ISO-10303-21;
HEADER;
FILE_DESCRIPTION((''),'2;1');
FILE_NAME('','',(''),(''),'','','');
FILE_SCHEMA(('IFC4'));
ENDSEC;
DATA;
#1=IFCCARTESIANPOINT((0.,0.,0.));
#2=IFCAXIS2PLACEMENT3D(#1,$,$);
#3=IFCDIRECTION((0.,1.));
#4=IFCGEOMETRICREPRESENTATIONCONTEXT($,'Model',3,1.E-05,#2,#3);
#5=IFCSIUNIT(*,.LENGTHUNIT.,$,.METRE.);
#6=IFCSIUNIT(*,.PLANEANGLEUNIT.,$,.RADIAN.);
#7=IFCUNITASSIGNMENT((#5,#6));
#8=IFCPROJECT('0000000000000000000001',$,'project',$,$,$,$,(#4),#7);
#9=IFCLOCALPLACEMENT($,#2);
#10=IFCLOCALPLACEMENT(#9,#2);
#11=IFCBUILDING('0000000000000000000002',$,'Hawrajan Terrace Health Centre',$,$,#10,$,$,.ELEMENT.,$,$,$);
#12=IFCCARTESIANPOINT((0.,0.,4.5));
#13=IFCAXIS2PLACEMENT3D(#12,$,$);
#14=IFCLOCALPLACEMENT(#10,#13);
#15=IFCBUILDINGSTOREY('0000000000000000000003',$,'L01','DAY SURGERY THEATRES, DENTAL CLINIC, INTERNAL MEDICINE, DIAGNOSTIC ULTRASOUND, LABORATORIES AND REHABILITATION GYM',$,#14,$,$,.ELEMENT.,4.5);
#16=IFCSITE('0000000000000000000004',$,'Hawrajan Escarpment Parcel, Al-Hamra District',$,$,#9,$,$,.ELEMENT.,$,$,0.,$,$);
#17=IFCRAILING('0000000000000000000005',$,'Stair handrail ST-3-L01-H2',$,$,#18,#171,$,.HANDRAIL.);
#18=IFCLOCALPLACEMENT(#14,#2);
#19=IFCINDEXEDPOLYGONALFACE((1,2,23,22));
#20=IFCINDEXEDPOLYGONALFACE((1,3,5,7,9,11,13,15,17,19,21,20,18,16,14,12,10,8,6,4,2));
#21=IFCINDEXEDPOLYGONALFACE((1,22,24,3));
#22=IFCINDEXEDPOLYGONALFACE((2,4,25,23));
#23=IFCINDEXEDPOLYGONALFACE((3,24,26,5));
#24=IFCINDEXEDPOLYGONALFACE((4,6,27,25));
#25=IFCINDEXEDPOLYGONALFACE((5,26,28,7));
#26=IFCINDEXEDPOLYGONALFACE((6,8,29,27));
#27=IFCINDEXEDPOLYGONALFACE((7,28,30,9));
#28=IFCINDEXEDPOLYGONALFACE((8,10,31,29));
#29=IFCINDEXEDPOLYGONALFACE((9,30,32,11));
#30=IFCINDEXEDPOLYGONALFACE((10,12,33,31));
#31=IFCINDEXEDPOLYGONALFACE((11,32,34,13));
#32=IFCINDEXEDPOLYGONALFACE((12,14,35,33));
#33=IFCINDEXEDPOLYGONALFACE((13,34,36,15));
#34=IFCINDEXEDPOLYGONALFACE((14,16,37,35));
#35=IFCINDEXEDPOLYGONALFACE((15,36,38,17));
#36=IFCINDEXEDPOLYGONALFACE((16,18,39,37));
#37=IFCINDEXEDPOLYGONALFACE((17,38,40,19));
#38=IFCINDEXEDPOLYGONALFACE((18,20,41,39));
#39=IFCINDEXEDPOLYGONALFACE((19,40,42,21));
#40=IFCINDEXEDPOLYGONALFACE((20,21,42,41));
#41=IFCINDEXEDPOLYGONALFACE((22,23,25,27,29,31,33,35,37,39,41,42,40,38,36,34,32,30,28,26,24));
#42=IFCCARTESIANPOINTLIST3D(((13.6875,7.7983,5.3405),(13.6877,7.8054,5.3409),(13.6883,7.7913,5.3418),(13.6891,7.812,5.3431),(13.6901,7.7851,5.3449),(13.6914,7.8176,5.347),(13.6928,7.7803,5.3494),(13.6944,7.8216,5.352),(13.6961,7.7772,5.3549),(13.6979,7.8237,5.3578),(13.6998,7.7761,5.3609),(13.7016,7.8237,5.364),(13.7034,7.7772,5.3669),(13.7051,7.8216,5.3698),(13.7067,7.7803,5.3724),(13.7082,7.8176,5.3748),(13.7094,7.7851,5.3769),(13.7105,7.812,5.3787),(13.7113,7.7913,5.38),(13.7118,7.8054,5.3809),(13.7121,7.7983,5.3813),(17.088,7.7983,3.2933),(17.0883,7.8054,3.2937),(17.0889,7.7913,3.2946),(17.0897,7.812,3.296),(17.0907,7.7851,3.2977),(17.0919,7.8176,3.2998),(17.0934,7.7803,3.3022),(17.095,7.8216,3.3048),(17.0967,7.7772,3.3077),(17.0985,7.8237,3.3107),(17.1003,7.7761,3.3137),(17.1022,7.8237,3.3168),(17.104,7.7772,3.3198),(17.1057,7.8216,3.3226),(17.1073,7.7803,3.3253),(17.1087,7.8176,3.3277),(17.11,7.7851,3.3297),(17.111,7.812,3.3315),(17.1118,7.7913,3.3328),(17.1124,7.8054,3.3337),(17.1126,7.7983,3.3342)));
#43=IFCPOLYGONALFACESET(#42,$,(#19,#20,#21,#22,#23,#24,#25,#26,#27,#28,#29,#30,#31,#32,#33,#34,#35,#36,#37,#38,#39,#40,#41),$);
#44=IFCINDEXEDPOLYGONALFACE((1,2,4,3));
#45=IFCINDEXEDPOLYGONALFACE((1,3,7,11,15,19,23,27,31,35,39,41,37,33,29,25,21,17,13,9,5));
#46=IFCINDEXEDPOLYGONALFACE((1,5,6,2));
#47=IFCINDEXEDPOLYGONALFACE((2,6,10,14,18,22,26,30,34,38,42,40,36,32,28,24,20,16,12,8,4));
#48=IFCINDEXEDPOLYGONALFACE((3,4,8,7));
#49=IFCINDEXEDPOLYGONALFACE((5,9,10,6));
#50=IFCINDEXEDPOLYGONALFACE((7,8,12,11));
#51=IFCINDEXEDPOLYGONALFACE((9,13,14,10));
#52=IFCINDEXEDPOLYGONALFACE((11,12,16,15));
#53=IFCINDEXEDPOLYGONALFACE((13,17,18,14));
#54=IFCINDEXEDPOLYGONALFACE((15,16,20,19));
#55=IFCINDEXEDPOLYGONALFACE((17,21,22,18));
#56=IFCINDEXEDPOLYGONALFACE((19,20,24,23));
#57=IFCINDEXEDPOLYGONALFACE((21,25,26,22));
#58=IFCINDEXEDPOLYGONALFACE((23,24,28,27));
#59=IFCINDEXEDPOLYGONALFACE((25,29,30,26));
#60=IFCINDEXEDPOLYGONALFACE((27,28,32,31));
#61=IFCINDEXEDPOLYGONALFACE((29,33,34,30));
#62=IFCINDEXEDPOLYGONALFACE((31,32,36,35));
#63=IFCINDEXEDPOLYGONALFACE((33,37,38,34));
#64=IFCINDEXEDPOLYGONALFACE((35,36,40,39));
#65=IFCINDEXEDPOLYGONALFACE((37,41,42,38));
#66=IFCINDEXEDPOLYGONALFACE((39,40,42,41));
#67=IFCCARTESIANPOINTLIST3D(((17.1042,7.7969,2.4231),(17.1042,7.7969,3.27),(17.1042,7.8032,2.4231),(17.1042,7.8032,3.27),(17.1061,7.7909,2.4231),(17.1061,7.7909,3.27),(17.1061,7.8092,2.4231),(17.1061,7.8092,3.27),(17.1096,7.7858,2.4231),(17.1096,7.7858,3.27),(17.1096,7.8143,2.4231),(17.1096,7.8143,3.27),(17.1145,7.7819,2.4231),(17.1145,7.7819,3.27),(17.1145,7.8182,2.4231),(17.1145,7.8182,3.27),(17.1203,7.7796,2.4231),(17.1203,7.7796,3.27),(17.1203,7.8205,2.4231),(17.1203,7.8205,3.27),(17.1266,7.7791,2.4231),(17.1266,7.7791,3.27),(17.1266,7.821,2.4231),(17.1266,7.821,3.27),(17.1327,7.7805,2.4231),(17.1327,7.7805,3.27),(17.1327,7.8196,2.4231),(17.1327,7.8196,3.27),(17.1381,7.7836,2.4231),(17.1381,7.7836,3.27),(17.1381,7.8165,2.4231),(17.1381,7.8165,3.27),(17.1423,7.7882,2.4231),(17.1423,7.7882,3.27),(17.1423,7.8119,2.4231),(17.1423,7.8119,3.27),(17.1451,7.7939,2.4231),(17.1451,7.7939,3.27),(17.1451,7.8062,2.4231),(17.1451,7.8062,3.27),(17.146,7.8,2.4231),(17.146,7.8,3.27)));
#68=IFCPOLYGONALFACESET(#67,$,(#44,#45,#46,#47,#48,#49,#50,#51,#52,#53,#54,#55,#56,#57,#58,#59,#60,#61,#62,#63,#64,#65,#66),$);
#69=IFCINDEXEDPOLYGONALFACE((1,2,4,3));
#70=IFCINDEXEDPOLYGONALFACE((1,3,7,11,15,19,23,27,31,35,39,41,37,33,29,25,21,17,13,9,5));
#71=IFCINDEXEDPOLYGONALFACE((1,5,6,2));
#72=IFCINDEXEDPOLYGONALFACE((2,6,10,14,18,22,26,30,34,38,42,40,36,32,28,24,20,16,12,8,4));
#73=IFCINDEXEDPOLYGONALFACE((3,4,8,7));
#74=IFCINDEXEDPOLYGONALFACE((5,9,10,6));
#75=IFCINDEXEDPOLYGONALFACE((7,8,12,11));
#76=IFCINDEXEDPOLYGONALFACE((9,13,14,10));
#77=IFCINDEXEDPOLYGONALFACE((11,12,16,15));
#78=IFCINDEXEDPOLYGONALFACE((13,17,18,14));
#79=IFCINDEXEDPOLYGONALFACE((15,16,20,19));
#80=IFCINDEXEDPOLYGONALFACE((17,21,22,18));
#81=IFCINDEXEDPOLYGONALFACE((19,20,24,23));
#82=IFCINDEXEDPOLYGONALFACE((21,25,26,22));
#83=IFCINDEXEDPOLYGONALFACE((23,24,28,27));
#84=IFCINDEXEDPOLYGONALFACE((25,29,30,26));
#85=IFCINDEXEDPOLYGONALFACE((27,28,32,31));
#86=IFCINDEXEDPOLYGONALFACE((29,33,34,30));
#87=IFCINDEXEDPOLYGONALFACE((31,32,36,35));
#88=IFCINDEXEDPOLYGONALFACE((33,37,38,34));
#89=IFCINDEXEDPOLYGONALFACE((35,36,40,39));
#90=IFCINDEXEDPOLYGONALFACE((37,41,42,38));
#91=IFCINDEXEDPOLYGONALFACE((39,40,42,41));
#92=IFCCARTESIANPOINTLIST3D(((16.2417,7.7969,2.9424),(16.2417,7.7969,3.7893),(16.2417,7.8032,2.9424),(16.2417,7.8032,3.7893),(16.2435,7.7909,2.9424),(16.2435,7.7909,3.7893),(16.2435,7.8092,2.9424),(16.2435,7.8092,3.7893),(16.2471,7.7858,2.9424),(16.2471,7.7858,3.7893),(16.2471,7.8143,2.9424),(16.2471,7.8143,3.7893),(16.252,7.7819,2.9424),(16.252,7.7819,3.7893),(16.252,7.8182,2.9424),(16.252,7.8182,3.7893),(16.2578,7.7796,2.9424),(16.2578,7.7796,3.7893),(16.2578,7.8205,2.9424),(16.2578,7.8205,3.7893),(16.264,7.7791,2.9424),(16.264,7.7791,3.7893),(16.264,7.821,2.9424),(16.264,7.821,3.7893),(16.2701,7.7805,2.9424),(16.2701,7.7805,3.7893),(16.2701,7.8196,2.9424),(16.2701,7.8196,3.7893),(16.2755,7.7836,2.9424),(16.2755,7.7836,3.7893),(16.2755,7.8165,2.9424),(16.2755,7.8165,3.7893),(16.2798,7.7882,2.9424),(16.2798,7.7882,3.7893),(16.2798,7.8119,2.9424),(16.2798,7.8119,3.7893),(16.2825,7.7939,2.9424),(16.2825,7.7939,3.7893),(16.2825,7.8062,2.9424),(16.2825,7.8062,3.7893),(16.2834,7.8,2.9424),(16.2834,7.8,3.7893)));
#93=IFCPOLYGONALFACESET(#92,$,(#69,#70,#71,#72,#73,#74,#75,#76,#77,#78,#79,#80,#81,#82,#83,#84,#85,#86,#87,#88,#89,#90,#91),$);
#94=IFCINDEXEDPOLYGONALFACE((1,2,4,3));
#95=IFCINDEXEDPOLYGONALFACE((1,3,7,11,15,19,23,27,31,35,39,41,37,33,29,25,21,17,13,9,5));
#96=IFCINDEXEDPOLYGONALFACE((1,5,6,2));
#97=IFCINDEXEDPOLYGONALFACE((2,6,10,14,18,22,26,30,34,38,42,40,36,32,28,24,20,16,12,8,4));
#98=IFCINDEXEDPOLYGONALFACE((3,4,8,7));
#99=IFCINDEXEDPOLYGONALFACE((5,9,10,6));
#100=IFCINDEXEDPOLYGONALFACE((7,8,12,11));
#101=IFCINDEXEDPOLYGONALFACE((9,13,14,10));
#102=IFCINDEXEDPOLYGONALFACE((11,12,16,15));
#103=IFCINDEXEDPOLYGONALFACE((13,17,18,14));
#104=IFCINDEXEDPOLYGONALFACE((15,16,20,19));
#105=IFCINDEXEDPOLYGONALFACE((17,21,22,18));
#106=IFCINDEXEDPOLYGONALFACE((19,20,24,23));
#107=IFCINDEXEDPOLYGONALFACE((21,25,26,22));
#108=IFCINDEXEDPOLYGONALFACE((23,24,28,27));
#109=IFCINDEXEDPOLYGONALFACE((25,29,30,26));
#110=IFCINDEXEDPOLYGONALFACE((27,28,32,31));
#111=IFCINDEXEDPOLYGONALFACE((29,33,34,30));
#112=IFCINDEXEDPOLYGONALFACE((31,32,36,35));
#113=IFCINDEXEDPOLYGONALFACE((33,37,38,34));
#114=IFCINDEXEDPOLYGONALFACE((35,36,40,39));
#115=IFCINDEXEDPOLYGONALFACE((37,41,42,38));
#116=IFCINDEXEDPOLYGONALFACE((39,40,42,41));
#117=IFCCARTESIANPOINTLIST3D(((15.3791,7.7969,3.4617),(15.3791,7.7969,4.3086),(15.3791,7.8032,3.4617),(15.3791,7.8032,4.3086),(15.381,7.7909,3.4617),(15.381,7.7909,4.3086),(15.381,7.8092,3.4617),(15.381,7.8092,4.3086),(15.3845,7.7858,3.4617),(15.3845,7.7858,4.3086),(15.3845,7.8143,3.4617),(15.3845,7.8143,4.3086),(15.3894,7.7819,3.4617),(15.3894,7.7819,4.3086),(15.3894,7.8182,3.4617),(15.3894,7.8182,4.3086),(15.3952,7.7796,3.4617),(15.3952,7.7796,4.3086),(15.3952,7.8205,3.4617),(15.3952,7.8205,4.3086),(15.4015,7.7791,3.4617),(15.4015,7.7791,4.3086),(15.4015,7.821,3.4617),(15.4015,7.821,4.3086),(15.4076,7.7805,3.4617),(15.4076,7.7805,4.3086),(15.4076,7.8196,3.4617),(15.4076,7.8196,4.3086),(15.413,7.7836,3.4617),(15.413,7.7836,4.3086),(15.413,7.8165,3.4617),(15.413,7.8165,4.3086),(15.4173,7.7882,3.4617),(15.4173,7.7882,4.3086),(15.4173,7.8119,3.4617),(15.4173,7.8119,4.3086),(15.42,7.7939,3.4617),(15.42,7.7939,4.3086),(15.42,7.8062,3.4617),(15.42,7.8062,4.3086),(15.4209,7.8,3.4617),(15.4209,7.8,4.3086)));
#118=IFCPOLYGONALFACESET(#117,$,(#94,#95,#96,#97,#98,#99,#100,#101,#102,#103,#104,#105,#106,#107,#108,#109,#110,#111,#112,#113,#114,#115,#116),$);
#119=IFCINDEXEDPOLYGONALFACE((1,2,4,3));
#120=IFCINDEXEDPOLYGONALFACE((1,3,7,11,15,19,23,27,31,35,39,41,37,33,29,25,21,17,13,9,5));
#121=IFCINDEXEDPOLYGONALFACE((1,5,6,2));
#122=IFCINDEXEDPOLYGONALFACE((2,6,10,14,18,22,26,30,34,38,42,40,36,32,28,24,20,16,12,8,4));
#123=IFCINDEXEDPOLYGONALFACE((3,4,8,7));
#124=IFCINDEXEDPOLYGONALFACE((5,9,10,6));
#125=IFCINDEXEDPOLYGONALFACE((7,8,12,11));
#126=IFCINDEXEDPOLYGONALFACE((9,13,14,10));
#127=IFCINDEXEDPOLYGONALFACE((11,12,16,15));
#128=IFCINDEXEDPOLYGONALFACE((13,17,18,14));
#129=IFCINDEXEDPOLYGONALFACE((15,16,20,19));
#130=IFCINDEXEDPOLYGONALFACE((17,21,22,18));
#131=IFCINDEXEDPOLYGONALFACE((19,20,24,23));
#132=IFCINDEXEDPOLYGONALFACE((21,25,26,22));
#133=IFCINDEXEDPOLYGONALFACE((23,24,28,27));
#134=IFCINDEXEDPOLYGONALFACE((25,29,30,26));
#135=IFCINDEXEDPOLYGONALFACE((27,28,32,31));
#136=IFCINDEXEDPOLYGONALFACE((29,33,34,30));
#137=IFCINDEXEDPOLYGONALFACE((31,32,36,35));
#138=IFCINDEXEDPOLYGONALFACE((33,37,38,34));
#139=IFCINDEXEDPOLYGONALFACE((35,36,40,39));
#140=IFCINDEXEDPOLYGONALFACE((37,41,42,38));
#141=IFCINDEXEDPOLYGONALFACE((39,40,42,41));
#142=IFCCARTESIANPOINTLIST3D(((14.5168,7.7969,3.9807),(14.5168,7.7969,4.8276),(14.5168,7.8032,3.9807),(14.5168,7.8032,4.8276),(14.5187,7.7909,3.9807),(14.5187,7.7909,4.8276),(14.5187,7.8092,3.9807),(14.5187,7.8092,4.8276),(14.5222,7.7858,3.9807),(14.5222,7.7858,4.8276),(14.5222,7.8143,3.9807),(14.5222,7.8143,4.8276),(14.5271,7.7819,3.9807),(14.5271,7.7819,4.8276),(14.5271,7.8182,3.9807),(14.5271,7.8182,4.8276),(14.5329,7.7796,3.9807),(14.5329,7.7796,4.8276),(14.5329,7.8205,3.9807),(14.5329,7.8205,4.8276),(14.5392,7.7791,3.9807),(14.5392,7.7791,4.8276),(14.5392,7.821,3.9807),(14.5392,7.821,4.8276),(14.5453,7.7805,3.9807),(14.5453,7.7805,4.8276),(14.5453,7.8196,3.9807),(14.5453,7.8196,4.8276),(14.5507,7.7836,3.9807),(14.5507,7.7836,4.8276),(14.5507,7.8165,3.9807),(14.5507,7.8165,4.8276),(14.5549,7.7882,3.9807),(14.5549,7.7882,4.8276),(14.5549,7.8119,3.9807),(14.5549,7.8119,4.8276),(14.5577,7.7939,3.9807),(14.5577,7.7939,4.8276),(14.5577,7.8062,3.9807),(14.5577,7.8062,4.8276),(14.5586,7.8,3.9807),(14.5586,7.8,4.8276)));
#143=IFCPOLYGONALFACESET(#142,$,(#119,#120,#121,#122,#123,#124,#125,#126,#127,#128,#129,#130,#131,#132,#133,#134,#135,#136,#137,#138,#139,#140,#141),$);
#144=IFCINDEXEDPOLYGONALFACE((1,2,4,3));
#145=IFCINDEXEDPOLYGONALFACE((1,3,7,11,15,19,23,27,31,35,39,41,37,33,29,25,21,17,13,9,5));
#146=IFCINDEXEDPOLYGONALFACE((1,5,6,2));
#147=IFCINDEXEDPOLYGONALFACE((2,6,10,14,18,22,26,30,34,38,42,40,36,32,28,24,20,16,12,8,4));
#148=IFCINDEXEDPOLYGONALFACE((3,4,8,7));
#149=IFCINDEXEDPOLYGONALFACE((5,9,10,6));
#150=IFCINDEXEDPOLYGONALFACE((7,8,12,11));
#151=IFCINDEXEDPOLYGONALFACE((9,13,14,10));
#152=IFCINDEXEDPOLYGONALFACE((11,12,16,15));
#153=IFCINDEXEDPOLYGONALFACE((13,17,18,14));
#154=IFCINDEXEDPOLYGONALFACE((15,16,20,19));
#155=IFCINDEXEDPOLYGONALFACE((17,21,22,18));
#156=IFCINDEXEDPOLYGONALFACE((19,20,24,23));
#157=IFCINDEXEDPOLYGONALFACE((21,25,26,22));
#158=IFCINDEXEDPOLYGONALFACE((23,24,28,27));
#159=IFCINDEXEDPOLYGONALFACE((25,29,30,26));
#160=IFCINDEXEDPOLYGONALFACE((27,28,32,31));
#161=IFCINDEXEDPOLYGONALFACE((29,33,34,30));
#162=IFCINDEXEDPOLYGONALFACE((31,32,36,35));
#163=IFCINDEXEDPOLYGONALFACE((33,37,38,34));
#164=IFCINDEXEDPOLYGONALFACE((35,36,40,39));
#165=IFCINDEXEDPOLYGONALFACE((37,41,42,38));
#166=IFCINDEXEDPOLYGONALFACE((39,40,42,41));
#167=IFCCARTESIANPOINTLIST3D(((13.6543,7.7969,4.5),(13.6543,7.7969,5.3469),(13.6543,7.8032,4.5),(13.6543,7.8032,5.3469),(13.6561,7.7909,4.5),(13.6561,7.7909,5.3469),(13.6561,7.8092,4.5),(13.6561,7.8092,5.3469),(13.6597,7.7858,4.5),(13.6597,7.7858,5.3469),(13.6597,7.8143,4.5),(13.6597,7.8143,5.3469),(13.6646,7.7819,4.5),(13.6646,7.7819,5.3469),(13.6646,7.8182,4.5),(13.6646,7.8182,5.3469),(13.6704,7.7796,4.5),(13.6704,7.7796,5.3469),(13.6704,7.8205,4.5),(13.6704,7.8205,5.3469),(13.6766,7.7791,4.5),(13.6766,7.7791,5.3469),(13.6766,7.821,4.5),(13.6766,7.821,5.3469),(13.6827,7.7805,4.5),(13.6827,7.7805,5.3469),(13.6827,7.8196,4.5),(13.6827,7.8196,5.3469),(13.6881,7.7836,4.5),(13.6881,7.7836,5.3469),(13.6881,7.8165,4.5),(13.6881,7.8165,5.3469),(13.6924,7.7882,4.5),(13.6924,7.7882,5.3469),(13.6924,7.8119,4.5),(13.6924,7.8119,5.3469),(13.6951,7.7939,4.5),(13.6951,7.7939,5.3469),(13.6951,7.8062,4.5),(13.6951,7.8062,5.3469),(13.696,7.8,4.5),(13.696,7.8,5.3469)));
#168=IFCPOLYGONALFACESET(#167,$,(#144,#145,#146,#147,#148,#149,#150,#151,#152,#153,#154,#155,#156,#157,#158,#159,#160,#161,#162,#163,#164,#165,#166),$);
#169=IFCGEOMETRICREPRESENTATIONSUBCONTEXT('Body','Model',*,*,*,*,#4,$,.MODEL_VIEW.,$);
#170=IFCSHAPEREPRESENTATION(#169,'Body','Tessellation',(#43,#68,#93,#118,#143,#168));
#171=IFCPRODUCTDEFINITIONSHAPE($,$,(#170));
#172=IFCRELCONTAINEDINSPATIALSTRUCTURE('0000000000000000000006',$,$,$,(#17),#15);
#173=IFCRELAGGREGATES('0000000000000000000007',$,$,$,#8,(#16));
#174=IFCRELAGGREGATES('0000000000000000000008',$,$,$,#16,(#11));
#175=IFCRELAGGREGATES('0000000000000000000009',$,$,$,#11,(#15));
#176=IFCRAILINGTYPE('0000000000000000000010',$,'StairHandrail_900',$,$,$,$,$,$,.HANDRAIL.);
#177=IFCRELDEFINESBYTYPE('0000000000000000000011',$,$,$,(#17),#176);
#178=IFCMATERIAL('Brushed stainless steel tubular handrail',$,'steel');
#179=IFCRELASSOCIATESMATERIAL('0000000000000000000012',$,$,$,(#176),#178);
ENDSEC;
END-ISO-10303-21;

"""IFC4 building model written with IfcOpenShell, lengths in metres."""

from ifc_helpers import new_model, si_unit, direction, frame, origin, origin_2d, place, context, subcontext, project, spatial, circle, extrude, material, type_object, element, save


model = new_model("IFC4")

# Units and contexts
model_context = context("Model", 3, precision=1e-05, world=origin(), true_north=direction((0.0, 1.0)))
body_context = subcontext(model_context, "Body", "Model", "MODEL_VIEW")
ifc_project = project(units=[si_unit("LENGTHUNIT", "METRE"), si_unit("PLANEANGLEUNIT", "RADIAN")], contexts=[model_context])

# Site, building, storey
site_placement = place(None, origin())
site = spatial("IfcSite", under=ifc_project, at=site_placement, Name="Hawrajan Escarpment Parcel, Al-Hamra District", CompositionType="ELEMENT", RefElevation=0.0)
building_placement = place(site_placement, origin())
building = spatial("IfcBuilding", under=site, at=building_placement, Name="Hawrajan Terrace Health Centre", CompositionType="ELEMENT")
storey_placement = place(building_placement, frame((0.0, 0.0, 4.5)))
storey = spatial("IfcBuildingStorey", under=building, at=storey_placement, Name="L01", Description="DAY SURGERY THEATRES, DENTAL CLINIC, INTERNAL MEDICINE, DIAGNOSTIC ULTRASOUND, LABORATORIES AND REHABILITATION GYM", CompositionType="ELEMENT", Elevation=4.5)

# Railing
ifc_material_1 = material(Name="Brushed stainless steel tubular handrail", Category="steel")
railing_type_1 = type_object("IfcRailingType", Name="StairHandrail_900", PredefinedType="HANDRAIL", material=ifc_material_1)
railing_1_placement = place(storey_placement, frame((17.125, 7.8, 2.4231)))
element("IfcRailing", 1, at=railing_1_placement, inside=storey, type_object=railing_type_1, Name="Stair handrail ST-3-L01-H2", PredefinedType="HANDRAIL", context=body_context, shape_type="SweptSolid", body=[
    extrude(circle(Radius=0.0239, at=origin_2d()), frame((-0.0247, 0.0, 0.8906), z_axis=(-0.856732, 0.0, 0.515761), x_axis=(0.0, -1.0, 0.0)), (0.0, 0.0, 1.0), 3.9692),
    extrude(circle(Radius=0.021, at=origin_2d()), origin(), (0.0, 0.0, 1.0), 0.8469),
    extrude(circle(Radius=0.021, at=origin_2d()), frame((-0.8625, 0.0, 0.5193)), (0.0, 0.0, 1.0), 0.8469),
    extrude(circle(Radius=0.021, at=origin_2d()), frame((-1.7251, 0.0, 1.0386)), (0.0, 0.0, 1.0), 0.8469),
    extrude(circle(Radius=0.021, at=origin_2d()), frame((-2.5874, 0.0, 1.5576)), (0.0, 0.0, 1.0), 0.8469),
    extrude(circle(Radius=0.021, at=origin_2d()), frame((-3.45, 0.0, 2.0769)), (0.0, 0.0, 1.0), 0.8469),
])

save(model, "model.ifc")
